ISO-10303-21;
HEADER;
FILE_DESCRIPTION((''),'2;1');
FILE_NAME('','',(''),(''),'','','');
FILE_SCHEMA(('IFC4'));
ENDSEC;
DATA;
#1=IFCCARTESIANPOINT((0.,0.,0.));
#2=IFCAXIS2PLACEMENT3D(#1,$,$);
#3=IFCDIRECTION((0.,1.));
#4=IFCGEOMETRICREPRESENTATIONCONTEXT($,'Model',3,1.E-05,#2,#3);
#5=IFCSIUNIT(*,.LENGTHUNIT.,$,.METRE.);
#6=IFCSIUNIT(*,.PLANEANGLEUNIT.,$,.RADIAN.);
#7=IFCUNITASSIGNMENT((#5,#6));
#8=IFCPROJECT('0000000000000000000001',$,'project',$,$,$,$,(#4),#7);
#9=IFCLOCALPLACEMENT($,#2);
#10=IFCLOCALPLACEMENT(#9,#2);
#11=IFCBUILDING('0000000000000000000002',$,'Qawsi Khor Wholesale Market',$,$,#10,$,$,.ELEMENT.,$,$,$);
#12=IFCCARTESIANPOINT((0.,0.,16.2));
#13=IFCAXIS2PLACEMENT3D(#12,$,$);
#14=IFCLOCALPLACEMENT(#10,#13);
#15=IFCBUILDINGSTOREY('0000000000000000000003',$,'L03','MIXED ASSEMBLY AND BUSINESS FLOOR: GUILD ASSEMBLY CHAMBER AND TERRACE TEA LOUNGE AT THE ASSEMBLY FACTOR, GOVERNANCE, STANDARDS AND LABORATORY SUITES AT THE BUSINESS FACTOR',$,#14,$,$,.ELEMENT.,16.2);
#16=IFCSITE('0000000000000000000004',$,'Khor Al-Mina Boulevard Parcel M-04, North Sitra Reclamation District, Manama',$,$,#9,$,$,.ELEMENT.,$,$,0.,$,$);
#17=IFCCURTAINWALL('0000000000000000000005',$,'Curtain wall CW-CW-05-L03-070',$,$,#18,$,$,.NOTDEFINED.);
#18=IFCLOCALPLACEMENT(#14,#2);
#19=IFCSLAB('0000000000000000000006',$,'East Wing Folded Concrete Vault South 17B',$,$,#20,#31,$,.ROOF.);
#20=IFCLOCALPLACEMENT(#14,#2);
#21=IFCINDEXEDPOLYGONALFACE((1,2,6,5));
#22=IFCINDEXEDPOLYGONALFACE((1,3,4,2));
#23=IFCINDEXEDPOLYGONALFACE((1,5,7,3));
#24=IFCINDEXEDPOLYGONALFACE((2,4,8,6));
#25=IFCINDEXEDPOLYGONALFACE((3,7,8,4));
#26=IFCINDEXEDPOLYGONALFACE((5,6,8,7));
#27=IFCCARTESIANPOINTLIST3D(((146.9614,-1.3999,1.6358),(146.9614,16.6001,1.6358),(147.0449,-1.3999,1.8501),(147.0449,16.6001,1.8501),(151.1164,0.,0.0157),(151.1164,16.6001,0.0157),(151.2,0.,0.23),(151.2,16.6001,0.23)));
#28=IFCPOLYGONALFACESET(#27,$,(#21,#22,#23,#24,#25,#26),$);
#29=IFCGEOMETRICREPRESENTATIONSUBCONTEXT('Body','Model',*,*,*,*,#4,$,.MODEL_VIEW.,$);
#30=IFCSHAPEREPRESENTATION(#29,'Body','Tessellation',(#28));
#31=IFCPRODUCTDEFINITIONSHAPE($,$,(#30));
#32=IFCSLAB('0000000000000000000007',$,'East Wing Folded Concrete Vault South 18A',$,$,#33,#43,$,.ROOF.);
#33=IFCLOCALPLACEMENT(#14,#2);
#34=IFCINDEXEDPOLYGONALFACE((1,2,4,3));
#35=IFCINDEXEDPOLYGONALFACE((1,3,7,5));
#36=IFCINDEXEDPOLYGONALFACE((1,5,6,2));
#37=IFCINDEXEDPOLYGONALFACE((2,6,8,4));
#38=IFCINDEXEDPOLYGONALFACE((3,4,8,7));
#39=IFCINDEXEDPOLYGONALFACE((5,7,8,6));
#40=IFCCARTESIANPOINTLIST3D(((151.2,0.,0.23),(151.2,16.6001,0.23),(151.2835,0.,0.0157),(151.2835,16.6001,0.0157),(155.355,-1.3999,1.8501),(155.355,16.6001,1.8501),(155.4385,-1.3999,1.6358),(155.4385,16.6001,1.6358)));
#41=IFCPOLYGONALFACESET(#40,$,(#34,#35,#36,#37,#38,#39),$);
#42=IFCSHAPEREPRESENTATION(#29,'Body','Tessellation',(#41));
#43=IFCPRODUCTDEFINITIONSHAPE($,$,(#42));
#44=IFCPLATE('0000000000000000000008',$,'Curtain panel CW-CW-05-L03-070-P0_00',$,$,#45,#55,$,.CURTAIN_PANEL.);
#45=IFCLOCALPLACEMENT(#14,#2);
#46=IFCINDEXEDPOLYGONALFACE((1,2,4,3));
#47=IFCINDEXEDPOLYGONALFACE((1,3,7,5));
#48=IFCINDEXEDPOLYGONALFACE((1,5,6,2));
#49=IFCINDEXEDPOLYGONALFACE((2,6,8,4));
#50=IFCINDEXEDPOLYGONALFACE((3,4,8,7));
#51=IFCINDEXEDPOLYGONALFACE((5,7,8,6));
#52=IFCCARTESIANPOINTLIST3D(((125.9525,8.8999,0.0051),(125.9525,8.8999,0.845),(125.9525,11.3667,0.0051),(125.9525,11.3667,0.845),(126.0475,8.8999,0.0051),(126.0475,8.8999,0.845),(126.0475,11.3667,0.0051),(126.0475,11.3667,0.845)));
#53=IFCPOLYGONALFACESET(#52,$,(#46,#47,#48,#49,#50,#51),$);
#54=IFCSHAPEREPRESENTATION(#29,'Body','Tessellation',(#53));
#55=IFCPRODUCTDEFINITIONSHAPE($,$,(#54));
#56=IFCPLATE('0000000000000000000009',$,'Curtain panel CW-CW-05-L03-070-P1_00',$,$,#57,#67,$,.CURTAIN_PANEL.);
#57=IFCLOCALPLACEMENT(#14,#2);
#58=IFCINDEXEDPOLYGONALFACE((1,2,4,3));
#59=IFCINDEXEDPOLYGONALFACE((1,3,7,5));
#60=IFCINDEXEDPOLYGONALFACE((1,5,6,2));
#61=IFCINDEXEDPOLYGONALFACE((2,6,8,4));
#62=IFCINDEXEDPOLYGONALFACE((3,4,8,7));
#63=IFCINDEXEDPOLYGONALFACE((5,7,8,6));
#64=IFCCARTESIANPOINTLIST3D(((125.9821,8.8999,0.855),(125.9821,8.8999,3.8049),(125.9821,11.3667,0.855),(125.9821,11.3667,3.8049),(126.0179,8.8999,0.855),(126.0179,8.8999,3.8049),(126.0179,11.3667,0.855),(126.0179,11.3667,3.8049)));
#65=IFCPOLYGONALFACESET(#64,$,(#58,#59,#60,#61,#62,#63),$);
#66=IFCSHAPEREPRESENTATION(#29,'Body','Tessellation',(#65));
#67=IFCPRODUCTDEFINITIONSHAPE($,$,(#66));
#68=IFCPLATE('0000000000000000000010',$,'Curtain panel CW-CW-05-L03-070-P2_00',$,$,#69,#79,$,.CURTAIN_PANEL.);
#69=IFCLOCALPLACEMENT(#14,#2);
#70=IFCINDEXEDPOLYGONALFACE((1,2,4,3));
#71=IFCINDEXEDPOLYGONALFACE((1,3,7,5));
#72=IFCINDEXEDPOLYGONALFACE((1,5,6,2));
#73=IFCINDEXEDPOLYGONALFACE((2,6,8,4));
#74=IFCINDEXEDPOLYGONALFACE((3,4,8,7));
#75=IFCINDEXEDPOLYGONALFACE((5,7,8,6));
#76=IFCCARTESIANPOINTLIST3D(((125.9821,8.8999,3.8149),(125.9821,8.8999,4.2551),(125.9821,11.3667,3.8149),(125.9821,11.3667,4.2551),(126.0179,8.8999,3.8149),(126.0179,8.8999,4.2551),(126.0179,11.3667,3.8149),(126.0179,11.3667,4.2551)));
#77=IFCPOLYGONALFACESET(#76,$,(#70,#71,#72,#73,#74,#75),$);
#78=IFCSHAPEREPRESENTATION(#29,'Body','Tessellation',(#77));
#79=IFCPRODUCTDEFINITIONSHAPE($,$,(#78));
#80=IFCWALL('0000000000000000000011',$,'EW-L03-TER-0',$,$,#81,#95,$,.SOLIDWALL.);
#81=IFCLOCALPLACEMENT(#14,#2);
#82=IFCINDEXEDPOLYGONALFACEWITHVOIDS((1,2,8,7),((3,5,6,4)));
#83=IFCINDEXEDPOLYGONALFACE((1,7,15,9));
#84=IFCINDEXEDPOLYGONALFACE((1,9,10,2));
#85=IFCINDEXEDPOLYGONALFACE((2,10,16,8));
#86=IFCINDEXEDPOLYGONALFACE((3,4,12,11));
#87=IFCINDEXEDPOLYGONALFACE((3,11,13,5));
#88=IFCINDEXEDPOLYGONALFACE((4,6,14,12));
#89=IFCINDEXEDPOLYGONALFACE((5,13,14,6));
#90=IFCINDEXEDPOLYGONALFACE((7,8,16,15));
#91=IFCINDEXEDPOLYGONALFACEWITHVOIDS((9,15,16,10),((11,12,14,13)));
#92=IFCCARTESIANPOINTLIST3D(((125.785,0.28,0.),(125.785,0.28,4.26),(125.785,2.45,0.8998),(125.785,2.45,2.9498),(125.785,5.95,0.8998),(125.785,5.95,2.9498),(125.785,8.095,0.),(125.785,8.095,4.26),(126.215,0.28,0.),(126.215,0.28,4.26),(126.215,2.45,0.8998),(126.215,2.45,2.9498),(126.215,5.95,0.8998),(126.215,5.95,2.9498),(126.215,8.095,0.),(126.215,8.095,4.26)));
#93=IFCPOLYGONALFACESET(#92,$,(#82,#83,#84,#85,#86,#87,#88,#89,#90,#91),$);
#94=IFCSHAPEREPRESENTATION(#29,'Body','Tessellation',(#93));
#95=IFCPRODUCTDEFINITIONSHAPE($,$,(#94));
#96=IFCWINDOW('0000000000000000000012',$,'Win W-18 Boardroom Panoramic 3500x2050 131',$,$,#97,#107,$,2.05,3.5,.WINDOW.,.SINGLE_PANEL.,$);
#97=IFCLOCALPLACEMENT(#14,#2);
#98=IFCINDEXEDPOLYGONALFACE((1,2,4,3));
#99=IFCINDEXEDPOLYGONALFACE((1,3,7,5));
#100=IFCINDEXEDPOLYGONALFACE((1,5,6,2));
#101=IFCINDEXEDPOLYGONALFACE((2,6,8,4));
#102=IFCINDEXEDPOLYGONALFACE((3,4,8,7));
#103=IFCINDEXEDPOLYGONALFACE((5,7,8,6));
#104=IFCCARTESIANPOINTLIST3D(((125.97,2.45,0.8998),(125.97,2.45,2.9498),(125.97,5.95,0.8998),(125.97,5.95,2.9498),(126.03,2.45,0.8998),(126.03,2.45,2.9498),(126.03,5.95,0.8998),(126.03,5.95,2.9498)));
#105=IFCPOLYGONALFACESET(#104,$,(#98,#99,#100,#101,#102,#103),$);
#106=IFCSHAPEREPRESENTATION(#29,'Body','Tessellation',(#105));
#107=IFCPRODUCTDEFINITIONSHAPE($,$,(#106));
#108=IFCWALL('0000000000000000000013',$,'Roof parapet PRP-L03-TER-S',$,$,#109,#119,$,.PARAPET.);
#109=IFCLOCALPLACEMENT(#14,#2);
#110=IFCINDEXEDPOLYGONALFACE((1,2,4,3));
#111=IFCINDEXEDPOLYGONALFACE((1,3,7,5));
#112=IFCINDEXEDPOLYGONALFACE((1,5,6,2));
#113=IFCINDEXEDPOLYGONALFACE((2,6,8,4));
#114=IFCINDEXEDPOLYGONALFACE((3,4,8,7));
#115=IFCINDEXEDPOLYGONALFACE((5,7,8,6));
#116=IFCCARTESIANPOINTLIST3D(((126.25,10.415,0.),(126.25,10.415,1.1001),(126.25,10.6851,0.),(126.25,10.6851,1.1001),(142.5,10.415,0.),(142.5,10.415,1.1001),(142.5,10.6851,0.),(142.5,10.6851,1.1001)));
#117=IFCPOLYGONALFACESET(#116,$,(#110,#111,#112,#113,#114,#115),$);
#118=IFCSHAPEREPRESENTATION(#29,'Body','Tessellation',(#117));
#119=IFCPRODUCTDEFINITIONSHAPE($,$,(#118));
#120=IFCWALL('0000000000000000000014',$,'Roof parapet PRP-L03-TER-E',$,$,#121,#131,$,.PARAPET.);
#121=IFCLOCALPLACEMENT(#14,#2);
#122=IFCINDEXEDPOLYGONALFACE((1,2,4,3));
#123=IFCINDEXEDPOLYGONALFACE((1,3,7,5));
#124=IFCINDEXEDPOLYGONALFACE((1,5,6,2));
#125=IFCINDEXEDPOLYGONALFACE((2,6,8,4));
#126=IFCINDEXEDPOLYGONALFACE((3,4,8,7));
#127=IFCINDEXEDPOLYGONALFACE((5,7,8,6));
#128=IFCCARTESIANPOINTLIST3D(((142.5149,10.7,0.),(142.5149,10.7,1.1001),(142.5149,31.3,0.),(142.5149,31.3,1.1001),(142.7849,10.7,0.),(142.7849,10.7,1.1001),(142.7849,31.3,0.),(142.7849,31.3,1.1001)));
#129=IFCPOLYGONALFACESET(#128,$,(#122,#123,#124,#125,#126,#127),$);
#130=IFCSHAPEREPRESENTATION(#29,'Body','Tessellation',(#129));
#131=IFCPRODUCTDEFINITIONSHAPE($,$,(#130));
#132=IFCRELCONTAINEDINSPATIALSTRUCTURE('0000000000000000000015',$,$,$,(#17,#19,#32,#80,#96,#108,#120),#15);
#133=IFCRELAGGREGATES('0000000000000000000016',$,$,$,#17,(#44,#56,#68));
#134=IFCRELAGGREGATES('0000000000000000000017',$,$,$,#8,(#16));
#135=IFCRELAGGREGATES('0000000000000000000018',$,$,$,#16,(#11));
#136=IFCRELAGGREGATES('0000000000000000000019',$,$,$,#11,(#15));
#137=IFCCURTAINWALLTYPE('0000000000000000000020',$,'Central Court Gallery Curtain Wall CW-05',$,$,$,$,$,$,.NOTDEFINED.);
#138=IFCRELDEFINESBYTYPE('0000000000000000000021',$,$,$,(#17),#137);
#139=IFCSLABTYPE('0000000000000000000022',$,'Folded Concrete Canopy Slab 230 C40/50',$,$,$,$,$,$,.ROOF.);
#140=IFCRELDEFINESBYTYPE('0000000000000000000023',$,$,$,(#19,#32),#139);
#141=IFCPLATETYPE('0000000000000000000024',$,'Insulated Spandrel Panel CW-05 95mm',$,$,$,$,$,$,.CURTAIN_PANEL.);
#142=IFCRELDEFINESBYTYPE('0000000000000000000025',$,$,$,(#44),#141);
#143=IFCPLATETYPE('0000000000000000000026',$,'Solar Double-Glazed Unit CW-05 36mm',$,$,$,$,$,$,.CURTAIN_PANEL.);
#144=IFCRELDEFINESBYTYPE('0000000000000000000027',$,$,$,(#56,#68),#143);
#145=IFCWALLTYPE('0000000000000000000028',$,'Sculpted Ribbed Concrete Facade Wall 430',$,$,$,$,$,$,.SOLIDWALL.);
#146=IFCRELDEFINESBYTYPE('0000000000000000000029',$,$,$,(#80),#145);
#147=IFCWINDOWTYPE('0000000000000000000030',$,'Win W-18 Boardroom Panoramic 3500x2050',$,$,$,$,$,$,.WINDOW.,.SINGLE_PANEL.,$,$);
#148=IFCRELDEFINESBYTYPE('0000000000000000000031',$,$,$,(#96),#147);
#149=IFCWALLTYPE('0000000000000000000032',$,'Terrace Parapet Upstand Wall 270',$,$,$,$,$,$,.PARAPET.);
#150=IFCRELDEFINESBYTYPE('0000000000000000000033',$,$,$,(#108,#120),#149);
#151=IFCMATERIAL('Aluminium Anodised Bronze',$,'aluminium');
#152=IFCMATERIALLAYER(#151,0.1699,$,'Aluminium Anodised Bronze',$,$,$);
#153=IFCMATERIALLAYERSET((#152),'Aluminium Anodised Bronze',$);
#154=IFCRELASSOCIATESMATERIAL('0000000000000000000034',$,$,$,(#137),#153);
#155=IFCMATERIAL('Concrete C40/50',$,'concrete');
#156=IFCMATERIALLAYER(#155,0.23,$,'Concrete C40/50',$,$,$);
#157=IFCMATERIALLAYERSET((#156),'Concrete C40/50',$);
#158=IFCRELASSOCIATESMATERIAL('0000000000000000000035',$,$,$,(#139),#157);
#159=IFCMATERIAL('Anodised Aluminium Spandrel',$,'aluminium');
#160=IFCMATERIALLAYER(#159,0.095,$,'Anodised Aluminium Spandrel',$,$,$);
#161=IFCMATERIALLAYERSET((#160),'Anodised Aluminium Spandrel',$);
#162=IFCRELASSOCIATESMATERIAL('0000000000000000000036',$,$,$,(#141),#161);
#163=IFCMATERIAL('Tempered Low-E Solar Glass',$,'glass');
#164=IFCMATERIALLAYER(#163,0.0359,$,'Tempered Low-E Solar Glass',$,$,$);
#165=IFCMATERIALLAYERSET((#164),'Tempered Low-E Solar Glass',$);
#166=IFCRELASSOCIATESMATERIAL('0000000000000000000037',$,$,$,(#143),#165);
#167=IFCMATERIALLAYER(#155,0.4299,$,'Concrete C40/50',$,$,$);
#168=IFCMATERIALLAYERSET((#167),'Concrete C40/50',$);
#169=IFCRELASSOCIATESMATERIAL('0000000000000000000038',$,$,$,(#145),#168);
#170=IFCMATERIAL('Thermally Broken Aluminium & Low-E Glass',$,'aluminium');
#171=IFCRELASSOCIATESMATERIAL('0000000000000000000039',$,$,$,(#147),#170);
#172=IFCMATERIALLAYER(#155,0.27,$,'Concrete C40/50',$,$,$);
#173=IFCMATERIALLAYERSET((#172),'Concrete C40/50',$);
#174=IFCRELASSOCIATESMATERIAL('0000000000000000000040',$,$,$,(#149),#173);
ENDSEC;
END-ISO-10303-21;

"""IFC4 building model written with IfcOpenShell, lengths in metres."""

from ifc_helpers import new_model, si_unit, direction, frame, frame_2d, origin, place, context, subcontext, project, spatial, polyline, rectangle, outline, extrude, material, layer, layer_set, type_object, element, fill, aggregate, save


model = new_model("IFC4")

# Units and contexts
model_context = context("Model", 3, precision=1e-05, world=origin(), true_north=direction((0.0, 1.0)))
body_context = subcontext(model_context, "Body", "Model", "MODEL_VIEW")
ifc_project = project(units=[si_unit("LENGTHUNIT", "METRE"), si_unit("PLANEANGLEUNIT", "RADIAN")], contexts=[model_context])

# Site, building, storey
site_placement = place(None, origin())
site = spatial("IfcSite", under=ifc_project, at=site_placement, Name="Khor Al-Mina Boulevard Parcel M-04, North Sitra Reclamation District, Manama", CompositionType="ELEMENT", RefElevation=0.0)
building_placement = place(site_placement, origin())
building = spatial("IfcBuilding", under=site, at=building_placement, Name="Qawsi Khor Wholesale Market", CompositionType="ELEMENT")
storey_placement = place(building_placement, frame((0.0, 0.0, 16.2)))
storey = spatial("IfcBuildingStorey", under=building, at=storey_placement, Name="L03", Description="MIXED ASSEMBLY AND BUSINESS FLOOR: GUILD ASSEMBLY CHAMBER AND TERRACE TEA LOUNGE AT THE ASSEMBLY FACTOR, GOVERNANCE, STANDARDS AND LABORATORY SUITES AT THE BUSINESS FACTOR", CompositionType="ELEMENT", Elevation=16.2)

# Curtain wall
ifc_material_1 = material(Name="Aluminium Anodised Bronze", Category="aluminium")
ifc_layer_1 = layer(ifc_material_1, 0.1699, Name="Aluminium Anodised Bronze")
ifc_layer_set_1 = layer_set([ifc_layer_1], Name="Aluminium Anodised Bronze")
curtain_wall_type = type_object("IfcCurtainWallType", Name="Central Court Gallery Curtain Wall CW-05", PredefinedType="NOTDEFINED", material=ifc_layer_set_1)
curtain_wall_placement = place(storey_placement, origin())
curtain_wall = element("IfcCurtainWall", 1, at=curtain_wall_placement, inside=storey, type_object=curtain_wall_type, Name="Curtain wall CW-CW-05-L03-070", PredefinedType="NOTDEFINED")

# Slabs
ifc_material_2 = material(Name="Concrete C40/50", Category="concrete")
ifc_layer_2 = layer(ifc_material_2, 0.23, Name="Concrete C40/50")
ifc_layer_set_2 = layer_set([ifc_layer_2], Name="Concrete C40/50")
slab_type = type_object("IfcSlabType", Name="Folded Concrete Canopy Slab 230 C40/50", PredefinedType="ROOF", material=ifc_layer_set_2)
slab_1_placement = place(storey_placement, frame((147.0449, -1.3999, 1.8501), z_axis=(0.363278, 0.0, 0.931681), x_axis=(0.888916, 0.299491, -0.346603)))
element("IfcSlab", 2, at=slab_1_placement, inside=storey, type_object=slab_type, Name="East Wing Folded Concrete Vault South 17B", PredefinedType="ROOF", context=body_context, shape_type="SweptSolid", body=[
    extrude(outline(polyline([(0.0, 0.0), (4.6743, 0.0), (9.6459, 15.8381), (5.3908, 17.1738), (0.0, 0.0)])), origin(), (0.0, 0.0, -1.0), 0.23),
])
slab_2_placement = place(storey_placement, frame((151.2, 0.0, 0.23), z_axis=(-0.363278, 0.0, 0.931681), x_axis=(0.888916, -0.299491, 0.346603)))
element("IfcSlab", 3, at=slab_2_placement, inside=storey, type_object=slab_type, Name="East Wing Folded Concrete Vault South 18A", PredefinedType="ROOF", context=body_context, shape_type="SweptSolid", body=[
    extrude(outline(polyline([(0.0, 0.0), (4.6743, 0.0), (-0.7166, 17.1738), (-4.9716, 15.8381), (0.0, 0.0)])), origin(), (0.0, 0.0, -1.0), 0.23),
])

# Plates
ifc_material_3 = material(Name="Anodised Aluminium Spandrel", Category="aluminium")
ifc_layer_3 = layer(ifc_material_3, 0.095, Name="Anodised Aluminium Spandrel")
ifc_layer_set_3 = layer_set([ifc_layer_3], Name="Anodised Aluminium Spandrel")
plate_type_1 = type_object("IfcPlateType", Name="Insulated Spandrel Panel CW-05 95mm", PredefinedType="CURTAIN_PANEL", material=ifc_layer_set_3)
plate_1_placement = place(storey_placement, frame((126.0, 8.8999, 0.0051), z_axis=(0.0, 0.0, 1.0), x_axis=(0.0, 1.0, 0.0)))
plate_1 = element("IfcPlate", 4, at=plate_1_placement, type_object=plate_type_1, Name="Curtain panel CW-CW-05-L03-070-P0_00", PredefinedType="CURTAIN_PANEL", context=body_context, shape_type="SweptSolid", body=[
    extrude(rectangle(XDim=2.4668, YDim=0.095, at=frame_2d((1.2334, 0.0))), origin(), (0.0, 0.0, 1.0), 0.8398),
])
ifc_material_4 = material(Name="Tempered Low-E Solar Glass", Category="glass")
ifc_layer_4 = layer(ifc_material_4, 0.0359, Name="Tempered Low-E Solar Glass")
ifc_layer_set_4 = layer_set([ifc_layer_4], Name="Tempered Low-E Solar Glass")
plate_type_2 = type_object("IfcPlateType", Name="Solar Double-Glazed Unit CW-05 36mm", PredefinedType="CURTAIN_PANEL", material=ifc_layer_set_4)
plate_2_placement = place(storey_placement, frame((126.0, 8.8999, 0.855), z_axis=(0.0, 0.0, 1.0), x_axis=(0.0, 1.0, 0.0)))
plate_2 = element("IfcPlate", 5, at=plate_2_placement, type_object=plate_type_2, Name="Curtain panel CW-CW-05-L03-070-P1_00", PredefinedType="CURTAIN_PANEL", context=body_context, shape_type="SweptSolid", body=[
    extrude(rectangle(XDim=2.4668, YDim=0.0359, at=frame_2d((1.2334, 0.0))), origin(), (0.0, 0.0, 1.0), 2.95),
])
plate_3_placement = place(storey_placement, frame((126.0, 8.8999, 3.8149), z_axis=(0.0, 0.0, 1.0), x_axis=(0.0, 1.0, 0.0)))
plate_3 = element("IfcPlate", 6, at=plate_3_placement, type_object=plate_type_2, Name="Curtain panel CW-CW-05-L03-070-P2_00", PredefinedType="CURTAIN_PANEL", context=body_context, shape_type="SweptSolid", body=[
    extrude(rectangle(XDim=2.4668, YDim=0.0359, at=frame_2d((1.2334, 0.0))), origin(), (0.0, 0.0, 1.0), 0.4402),
])
aggregate(curtain_wall, [plate_1, plate_2, plate_3])

# Wall, opening, window
ifc_layer_5 = layer(ifc_material_2, 0.4299, Name="Concrete C40/50")
ifc_layer_set_5 = layer_set([ifc_layer_5], Name="Concrete C40/50")
wall_type_1 = type_object("IfcWallType", Name="Sculpted Ribbed Concrete Facade Wall 430", PredefinedType="SOLIDWALL", material=ifc_layer_set_5)
wall_1_placement = place(storey_placement, frame((126.0, 8.095, 0.0), z_axis=(0.0, 0.0, 1.0), x_axis=(0.0, -1.0, 0.0)))
wall_1 = element("IfcWall", 7, at=wall_1_placement, inside=storey, type_object=wall_type_1, Name="EW-L03-TER-0", PredefinedType="SOLIDWALL", context=body_context, shape_type="SweptSolid", body=[
    extrude(rectangle(XDim=7.8149, YDim=0.4299, at=frame_2d((3.9075, 0.0))), origin(), (0.0, 0.0, 1.0), 4.26),
])
opening_placement = place(wall_1_placement, frame((2.145, 0.0, 0.8999)))
opening = element("IfcOpeningElement", 8, at=opening_placement, cuts=wall_1, PredefinedType="OPENING", context=body_context, shape_type="SweptSolid", body=[
    extrude(rectangle(XDim=3.5, YDim=2.05, at=frame_2d((1.75, 1.0249))), frame((0.0, 0.2249, 0.0), z_axis=(0.0, -1.0, 0.0), x_axis=(1.0, 0.0, 0.0)), (0.0, 0.0, 1.0), 0.45),
])
ifc_material_5 = material(Name="Thermally Broken Aluminium & Low-E Glass", Category="aluminium")
window_type = type_object("IfcWindowType", Name="Win W-18 Boardroom Panoramic 3500x2050", PartitioningType="SINGLE_PANEL", PredefinedType="WINDOW", material=ifc_material_5)
window_placement = place(opening_placement, origin())
window = element("IfcWindow", 9, at=window_placement, inside=storey, type_object=window_type, Name="Win W-18 Boardroom Panoramic 3500x2050 131", OverallHeight=2.05, OverallWidth=3.5, PartitioningType="SINGLE_PANEL", PredefinedType="WINDOW", context=body_context, shape_type="SweptSolid", body=[
    extrude(rectangle(XDim=3.5, YDim=2.05, at=frame_2d((1.75, 1.0249))), frame((0.0, 0.03, 0.0), z_axis=(0.0, -1.0, 0.0), x_axis=(1.0, 0.0, 0.0)), (0.0, 0.0, 1.0), 0.0601),
])
fill(opening, window)

# Walls
ifc_layer_6 = layer(ifc_material_2, 0.27, Name="Concrete C40/50")
ifc_layer_set_6 = layer_set([ifc_layer_6], Name="Concrete C40/50")
wall_type_2 = type_object("IfcWallType", Name="Terrace Parapet Upstand Wall 270", PredefinedType="PARAPET", material=ifc_layer_set_6)
wall_2_placement = place(storey_placement, frame((126.25, 10.55, 0.0), z_axis=(0.0, 0.0, 1.0), x_axis=(1.0, 0.0, 0.0)))
element("IfcWall", 10, at=wall_2_placement, inside=storey, type_object=wall_type_2, Name="Roof parapet PRP-L03-TER-S", PredefinedType="PARAPET", context=body_context, shape_type="SweptSolid", body=[
    extrude(rectangle(XDim=16.25, YDim=0.27, at=frame_2d((8.125, 0.0))), origin(), (0.0, 0.0, 1.0), 1.1001),
])
wall_3_placement = place(storey_placement, frame((142.6499, 10.7, 0.0), z_axis=(0.0, 0.0, 1.0), x_axis=(0.0, 1.0, 0.0)))
element("IfcWall", 11, at=wall_3_placement, inside=storey, type_object=wall_type_2, Name="Roof parapet PRP-L03-TER-E", PredefinedType="PARAPET", context=body_context, shape_type="SweptSolid", body=[
    extrude(rectangle(XDim=20.6001, YDim=0.27, at=frame_2d((10.3, 0.0))), origin(), (0.0, 0.0, 1.0), 1.1001),
])

save(model, "model.ifc")
